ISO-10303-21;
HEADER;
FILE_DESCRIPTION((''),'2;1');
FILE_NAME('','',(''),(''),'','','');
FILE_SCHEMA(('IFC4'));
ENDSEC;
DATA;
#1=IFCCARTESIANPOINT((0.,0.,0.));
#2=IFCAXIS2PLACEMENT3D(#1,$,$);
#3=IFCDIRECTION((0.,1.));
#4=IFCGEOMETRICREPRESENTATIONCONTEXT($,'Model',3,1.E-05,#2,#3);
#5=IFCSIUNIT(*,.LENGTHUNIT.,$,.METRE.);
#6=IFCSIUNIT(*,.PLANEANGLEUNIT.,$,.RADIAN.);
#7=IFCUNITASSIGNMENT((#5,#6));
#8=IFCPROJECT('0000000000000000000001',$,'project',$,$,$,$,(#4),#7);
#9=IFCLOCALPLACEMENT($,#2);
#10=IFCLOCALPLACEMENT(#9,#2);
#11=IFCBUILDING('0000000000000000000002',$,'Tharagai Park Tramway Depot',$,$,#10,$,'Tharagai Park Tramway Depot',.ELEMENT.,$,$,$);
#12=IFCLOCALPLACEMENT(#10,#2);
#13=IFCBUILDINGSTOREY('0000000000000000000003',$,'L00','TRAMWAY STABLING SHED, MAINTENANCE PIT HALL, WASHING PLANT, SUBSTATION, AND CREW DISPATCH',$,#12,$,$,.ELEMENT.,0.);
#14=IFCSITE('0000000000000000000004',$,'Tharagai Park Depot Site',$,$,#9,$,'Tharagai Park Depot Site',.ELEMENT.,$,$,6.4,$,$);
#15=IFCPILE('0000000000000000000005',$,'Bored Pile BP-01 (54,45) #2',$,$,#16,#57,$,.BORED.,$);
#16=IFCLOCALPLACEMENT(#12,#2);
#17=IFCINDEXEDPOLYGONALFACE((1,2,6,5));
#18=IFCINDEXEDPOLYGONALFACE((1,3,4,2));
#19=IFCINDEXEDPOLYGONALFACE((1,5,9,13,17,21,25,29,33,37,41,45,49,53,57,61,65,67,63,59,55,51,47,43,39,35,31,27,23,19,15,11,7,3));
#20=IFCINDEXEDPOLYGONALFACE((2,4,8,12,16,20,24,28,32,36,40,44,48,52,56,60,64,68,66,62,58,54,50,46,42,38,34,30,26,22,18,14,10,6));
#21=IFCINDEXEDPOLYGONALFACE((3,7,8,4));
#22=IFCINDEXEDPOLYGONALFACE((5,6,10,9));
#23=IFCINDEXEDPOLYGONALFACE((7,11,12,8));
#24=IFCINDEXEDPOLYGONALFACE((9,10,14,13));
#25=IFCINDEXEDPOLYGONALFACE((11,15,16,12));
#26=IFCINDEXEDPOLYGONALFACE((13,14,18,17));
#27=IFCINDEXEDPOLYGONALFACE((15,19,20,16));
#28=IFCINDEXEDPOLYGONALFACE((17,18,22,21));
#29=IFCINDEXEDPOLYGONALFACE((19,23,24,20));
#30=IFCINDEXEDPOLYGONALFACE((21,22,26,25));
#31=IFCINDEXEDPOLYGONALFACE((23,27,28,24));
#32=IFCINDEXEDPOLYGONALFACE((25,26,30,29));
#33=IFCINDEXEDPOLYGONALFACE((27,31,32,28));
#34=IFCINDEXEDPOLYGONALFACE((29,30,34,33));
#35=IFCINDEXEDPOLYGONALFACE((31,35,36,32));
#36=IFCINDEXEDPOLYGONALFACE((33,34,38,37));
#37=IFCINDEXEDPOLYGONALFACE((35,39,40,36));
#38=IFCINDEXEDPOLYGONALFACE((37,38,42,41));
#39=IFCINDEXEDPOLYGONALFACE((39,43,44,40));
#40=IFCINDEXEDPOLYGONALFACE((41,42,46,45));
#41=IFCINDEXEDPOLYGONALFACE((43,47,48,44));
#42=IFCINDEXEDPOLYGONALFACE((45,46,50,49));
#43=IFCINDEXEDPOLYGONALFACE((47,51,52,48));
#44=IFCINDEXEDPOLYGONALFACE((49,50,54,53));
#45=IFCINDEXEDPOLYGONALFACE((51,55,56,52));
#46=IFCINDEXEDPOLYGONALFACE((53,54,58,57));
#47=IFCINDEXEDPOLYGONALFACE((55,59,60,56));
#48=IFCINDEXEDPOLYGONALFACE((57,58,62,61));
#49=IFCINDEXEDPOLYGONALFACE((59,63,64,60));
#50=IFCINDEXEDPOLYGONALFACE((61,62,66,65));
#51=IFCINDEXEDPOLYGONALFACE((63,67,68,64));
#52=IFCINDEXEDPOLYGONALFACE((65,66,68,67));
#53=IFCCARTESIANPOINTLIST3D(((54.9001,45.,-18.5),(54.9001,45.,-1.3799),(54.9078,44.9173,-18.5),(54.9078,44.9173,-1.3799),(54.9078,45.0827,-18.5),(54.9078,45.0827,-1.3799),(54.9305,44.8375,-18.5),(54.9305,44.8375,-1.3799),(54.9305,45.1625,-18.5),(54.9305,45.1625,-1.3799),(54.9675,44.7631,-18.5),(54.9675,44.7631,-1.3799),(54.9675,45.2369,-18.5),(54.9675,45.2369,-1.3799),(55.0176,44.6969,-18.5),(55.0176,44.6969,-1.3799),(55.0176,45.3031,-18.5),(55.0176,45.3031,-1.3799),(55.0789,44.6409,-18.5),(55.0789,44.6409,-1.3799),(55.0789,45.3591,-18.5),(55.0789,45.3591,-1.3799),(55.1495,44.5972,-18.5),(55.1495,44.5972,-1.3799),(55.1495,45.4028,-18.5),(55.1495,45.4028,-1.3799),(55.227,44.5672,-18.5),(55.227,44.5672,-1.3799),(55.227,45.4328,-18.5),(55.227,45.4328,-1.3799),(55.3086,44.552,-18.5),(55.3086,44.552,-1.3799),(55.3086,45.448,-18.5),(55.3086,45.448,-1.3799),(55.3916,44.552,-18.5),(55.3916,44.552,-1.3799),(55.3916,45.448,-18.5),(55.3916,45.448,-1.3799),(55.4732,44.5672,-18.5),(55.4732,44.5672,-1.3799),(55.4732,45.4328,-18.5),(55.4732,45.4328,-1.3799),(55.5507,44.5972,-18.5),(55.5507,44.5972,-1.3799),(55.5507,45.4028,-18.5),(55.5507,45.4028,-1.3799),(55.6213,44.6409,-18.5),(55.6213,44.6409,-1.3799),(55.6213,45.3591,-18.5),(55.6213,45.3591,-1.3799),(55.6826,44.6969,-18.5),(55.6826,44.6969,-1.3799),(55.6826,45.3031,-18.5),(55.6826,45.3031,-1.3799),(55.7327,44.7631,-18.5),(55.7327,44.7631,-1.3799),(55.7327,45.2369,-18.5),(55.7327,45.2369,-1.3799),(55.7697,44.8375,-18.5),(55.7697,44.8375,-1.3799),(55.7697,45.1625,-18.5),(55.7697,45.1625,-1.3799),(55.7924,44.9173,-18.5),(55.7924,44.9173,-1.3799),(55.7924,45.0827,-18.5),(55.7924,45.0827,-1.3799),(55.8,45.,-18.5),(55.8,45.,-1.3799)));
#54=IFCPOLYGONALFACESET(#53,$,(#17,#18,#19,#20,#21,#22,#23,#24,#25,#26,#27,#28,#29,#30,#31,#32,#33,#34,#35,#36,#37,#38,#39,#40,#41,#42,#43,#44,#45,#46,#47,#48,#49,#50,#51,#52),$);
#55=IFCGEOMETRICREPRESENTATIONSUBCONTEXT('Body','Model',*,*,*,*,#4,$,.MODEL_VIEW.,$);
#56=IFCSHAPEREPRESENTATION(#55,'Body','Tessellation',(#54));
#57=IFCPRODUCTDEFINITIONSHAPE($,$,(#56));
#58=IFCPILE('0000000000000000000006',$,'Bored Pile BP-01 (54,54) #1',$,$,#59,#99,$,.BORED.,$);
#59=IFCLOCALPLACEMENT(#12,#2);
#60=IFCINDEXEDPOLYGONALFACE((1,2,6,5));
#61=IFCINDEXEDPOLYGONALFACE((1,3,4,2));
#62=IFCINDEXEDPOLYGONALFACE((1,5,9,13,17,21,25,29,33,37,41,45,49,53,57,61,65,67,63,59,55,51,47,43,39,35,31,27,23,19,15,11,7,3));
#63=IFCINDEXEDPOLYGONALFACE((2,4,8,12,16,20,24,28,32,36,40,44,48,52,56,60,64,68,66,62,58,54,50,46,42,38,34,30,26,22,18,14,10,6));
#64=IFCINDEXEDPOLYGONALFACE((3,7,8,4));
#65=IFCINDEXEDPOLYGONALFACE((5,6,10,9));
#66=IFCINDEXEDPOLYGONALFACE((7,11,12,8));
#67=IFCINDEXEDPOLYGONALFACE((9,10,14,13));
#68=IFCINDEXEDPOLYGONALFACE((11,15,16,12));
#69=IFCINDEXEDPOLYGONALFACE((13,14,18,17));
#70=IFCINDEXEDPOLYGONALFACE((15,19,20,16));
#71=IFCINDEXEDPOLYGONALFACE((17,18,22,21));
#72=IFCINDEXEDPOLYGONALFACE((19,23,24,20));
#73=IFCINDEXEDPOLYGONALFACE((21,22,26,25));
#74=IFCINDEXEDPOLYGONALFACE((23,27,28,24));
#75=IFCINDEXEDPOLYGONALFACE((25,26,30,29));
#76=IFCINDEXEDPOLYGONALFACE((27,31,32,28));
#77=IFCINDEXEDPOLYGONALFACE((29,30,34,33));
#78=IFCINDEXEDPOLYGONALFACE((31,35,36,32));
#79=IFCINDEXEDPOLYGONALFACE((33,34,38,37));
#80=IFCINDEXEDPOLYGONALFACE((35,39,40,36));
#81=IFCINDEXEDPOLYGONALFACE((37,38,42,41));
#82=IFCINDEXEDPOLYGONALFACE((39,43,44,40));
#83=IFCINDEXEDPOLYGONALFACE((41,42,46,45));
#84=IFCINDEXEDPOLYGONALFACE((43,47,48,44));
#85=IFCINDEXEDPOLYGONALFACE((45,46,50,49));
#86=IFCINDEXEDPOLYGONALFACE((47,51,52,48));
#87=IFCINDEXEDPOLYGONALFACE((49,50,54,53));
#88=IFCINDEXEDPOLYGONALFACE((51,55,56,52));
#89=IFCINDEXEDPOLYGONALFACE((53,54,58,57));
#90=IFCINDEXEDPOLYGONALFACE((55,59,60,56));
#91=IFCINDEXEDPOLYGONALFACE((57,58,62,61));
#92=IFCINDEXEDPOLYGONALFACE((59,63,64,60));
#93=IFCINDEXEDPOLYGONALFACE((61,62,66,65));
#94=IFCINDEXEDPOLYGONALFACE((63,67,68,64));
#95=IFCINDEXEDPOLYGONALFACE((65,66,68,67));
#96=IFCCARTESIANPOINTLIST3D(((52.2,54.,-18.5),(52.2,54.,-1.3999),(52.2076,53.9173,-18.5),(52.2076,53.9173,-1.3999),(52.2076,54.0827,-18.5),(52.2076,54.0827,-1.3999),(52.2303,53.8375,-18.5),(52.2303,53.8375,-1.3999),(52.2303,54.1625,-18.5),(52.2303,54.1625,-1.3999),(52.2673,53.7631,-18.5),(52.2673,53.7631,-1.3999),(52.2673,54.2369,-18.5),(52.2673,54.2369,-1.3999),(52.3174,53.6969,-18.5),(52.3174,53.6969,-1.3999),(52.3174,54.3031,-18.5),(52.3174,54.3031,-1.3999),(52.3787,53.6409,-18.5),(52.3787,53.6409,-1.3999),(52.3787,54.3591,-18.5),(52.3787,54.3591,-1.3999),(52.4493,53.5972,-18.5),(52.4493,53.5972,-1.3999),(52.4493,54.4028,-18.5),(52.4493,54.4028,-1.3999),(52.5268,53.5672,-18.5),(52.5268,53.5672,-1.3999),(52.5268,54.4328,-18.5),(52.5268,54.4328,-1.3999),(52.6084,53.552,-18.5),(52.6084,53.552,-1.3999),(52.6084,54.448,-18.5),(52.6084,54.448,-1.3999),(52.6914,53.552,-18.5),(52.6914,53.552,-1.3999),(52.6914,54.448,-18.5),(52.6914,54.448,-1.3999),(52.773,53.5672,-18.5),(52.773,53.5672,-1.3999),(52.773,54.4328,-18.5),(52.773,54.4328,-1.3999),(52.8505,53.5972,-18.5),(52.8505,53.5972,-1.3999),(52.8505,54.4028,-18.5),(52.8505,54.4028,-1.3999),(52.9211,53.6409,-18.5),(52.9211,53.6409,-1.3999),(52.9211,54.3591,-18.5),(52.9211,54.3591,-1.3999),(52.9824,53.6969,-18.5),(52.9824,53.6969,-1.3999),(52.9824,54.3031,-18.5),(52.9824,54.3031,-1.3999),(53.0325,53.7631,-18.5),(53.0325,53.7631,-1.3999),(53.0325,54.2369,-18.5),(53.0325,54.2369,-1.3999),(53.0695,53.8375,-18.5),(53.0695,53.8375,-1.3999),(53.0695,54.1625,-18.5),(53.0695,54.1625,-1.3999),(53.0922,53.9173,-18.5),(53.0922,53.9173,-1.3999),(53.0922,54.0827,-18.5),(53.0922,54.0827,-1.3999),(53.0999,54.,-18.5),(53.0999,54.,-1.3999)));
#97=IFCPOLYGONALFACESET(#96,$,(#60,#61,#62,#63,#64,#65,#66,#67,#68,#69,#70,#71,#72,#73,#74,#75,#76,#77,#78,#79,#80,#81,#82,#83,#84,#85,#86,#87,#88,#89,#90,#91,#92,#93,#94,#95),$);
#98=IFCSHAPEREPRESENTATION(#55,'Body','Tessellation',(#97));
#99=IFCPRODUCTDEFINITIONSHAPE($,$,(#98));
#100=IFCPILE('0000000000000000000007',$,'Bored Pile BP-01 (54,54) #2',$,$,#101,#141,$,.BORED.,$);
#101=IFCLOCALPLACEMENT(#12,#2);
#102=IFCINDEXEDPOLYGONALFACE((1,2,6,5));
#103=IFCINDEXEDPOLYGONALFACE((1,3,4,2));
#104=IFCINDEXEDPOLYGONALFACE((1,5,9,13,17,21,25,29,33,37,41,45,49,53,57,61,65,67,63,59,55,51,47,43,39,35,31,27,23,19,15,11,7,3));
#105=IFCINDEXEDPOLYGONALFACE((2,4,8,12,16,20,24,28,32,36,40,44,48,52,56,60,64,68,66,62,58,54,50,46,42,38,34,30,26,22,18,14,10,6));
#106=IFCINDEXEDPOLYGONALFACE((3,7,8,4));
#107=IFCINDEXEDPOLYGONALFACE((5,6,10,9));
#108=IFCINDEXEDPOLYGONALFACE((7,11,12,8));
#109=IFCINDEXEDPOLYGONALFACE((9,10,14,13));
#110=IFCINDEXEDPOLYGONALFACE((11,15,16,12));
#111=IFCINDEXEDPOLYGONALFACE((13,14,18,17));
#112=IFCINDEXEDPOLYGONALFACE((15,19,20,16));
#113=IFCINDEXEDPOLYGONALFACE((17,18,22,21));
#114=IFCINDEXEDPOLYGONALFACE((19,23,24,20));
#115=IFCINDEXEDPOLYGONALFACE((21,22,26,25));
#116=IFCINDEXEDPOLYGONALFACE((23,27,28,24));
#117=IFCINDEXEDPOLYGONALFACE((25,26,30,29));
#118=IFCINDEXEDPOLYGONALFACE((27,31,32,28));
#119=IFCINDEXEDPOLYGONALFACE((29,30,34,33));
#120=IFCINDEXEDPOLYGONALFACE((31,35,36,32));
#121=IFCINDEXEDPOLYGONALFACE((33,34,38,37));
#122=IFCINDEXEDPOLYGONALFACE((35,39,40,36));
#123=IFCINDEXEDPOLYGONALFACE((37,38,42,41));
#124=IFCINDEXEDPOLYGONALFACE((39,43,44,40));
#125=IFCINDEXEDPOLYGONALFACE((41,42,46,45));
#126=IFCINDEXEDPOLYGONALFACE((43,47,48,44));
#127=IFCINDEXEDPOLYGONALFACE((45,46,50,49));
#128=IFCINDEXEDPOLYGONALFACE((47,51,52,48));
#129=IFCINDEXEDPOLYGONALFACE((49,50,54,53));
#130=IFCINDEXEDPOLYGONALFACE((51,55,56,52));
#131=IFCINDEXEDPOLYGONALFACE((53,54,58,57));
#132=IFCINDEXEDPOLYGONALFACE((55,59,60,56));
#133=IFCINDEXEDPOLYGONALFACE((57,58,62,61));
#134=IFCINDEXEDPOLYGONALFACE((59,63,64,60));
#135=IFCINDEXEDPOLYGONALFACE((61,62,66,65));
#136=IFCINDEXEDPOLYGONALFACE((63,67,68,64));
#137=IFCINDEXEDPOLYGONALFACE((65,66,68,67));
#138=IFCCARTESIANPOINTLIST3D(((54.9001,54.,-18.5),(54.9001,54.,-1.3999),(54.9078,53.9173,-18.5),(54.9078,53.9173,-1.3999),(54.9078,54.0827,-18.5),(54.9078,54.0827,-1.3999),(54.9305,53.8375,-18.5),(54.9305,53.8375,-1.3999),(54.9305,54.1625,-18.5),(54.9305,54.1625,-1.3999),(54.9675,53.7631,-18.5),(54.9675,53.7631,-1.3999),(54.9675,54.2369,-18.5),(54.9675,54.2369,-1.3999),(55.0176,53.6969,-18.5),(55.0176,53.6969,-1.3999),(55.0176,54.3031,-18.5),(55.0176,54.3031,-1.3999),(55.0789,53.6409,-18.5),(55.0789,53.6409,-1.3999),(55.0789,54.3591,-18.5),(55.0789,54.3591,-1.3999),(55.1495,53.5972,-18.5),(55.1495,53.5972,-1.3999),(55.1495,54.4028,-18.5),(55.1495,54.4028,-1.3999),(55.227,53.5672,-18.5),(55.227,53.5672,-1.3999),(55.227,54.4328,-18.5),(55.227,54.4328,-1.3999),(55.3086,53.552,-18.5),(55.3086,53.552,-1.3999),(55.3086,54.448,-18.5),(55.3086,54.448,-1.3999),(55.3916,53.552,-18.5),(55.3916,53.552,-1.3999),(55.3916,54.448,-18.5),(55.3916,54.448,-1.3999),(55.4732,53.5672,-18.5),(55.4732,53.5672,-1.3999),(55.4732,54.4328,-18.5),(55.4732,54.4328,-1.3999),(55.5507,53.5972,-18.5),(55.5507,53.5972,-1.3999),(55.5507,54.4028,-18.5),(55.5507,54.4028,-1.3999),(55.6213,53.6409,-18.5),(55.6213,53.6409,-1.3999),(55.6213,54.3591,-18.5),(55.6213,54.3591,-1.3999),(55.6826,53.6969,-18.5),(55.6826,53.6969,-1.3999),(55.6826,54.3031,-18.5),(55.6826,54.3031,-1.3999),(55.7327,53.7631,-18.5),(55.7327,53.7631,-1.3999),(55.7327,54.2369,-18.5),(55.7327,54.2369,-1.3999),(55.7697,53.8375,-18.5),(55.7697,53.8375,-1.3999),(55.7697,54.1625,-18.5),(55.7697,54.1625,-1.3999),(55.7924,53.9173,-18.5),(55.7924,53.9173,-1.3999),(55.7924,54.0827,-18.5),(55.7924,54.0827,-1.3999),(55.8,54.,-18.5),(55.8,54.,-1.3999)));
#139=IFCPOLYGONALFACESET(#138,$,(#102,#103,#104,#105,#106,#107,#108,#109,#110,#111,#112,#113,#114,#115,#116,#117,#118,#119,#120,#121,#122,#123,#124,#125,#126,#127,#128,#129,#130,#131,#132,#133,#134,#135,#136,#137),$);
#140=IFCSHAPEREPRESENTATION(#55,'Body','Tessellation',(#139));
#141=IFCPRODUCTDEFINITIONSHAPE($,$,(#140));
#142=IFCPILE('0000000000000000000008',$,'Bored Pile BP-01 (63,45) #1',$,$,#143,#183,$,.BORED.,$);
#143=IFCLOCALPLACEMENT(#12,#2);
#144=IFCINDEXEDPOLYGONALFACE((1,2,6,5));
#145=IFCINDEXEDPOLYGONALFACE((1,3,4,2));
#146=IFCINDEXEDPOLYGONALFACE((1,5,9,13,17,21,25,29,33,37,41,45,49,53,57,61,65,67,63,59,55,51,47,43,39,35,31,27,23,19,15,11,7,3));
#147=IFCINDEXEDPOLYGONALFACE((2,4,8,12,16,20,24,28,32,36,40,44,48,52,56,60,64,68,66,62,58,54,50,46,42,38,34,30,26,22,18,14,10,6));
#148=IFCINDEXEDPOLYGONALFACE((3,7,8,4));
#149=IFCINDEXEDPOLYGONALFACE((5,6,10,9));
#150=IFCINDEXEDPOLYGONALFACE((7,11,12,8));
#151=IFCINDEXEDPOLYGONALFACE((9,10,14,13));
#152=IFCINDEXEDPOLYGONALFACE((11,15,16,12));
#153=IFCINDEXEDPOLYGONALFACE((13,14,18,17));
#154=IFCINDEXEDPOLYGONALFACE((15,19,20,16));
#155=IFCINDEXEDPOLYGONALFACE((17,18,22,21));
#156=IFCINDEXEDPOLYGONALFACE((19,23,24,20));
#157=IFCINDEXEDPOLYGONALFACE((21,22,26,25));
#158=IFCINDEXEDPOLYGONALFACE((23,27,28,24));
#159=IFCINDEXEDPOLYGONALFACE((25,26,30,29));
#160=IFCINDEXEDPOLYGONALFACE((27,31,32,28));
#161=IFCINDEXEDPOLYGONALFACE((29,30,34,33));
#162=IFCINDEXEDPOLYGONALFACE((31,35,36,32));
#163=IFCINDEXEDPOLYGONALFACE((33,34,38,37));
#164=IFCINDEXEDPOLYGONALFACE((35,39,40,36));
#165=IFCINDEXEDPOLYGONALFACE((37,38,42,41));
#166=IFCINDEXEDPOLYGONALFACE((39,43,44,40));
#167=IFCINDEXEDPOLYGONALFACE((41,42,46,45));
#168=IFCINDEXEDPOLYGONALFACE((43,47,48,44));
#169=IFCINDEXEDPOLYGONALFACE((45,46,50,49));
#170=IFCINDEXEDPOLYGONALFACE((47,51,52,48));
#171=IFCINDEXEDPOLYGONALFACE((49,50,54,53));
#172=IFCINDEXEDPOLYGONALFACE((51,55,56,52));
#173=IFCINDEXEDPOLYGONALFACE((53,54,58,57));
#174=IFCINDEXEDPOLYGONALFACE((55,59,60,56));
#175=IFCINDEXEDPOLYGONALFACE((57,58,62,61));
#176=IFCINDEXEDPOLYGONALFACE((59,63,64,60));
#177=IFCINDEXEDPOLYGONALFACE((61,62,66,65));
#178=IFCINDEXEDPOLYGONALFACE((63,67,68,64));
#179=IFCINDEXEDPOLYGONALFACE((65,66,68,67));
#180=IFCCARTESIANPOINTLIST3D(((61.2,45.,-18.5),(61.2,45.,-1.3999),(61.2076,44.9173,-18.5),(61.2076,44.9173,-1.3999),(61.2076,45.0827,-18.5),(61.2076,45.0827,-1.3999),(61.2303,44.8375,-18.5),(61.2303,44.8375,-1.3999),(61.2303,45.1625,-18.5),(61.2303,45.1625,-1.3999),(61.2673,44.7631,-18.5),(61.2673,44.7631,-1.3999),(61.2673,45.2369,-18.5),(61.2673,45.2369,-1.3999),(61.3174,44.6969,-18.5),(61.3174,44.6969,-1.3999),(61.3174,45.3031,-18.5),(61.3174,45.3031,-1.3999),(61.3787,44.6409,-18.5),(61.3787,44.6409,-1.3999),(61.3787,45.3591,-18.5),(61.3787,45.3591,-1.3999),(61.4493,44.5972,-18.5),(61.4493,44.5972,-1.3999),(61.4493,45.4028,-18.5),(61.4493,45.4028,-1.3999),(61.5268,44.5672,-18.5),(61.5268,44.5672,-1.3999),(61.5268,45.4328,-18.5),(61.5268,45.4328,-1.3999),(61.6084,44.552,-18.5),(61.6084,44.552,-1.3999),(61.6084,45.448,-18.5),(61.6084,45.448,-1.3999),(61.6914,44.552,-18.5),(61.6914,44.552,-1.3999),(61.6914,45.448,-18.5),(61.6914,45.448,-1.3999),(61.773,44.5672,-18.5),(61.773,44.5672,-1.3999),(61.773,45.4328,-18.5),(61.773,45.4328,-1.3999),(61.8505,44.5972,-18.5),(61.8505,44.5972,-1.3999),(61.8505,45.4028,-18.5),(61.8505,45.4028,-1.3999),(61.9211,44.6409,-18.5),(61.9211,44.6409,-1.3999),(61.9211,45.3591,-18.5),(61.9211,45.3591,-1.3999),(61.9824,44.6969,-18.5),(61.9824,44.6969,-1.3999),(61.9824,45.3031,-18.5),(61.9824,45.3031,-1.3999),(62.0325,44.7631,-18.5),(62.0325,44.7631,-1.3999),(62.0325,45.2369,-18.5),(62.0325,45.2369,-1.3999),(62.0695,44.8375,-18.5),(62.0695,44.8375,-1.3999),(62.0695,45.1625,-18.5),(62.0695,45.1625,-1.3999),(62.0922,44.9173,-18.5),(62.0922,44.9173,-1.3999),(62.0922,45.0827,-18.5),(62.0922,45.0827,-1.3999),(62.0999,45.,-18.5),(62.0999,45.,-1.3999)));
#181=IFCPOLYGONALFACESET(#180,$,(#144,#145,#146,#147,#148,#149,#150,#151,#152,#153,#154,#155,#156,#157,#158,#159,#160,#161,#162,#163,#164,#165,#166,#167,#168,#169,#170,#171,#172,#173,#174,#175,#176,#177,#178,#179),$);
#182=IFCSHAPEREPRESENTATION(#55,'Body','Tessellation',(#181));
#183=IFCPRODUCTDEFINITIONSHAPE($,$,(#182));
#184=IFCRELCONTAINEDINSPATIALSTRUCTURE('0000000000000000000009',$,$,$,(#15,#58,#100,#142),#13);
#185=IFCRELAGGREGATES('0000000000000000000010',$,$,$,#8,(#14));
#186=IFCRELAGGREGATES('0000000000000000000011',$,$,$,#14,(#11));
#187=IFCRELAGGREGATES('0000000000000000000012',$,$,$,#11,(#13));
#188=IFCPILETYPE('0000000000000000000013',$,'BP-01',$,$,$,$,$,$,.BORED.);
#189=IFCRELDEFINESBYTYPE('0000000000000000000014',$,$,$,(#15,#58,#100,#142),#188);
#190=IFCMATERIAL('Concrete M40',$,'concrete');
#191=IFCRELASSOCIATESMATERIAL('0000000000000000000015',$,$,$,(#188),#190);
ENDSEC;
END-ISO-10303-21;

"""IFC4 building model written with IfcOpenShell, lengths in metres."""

from ifc_helpers import new_model, si_unit, direction, frame, origin, origin_2d, place, context, subcontext, project, spatial, circle, extrude, material, material_profile, profile_set, type_object, element, save


model = new_model("IFC4")

# Units and contexts
model_context = context("Model", 3, precision=1e-05, world=origin(), true_north=direction((0.0, 1.0)))
body_context = subcontext(model_context, "Body", "Model", "MODEL_VIEW")
ifc_project = project(units=[si_unit("LENGTHUNIT", "METRE"), si_unit("PLANEANGLEUNIT", "RADIAN")], contexts=[model_context])

# Site, building, storey
site_placement = place(None, origin())
site = spatial("IfcSite", under=ifc_project, at=site_placement, Name="Tharagai Park Depot Site", LongName="Tharagai Park Depot Site", CompositionType="ELEMENT", RefElevation=6.4)
building_placement = place(site_placement, origin())
building = spatial("IfcBuilding", under=site, at=building_placement, Name="Tharagai Park Tramway Depot", LongName="Tharagai Park Tramway Depot", CompositionType="ELEMENT")
storey_placement = place(building_placement, origin())
storey = spatial("IfcBuildingStorey", under=building, at=storey_placement, Name="L00", Description="TRAMWAY STABLING SHED, MAINTENANCE PIT HALL, WASHING PLANT, SUBSTATION, AND CREW DISPATCH", CompositionType="ELEMENT", Elevation=0.0)

# Piles
ifc_material_1 = material(Name="Concrete M40", Category="concrete")
ifc_material_profile_1 = material_profile(ifc_material_1, circle(Radius=0.45, at=origin_2d()), Name="PILE D900")
ifc_profile_set_1 = profile_set([ifc_material_profile_1], Name="Concrete M40")
pile_type_1 = type_object("IfcPileType", Name="BP-01", PredefinedType="BORED", material=ifc_profile_set_1)
for number, where, z_axis, x_axis, name in (
    (1, (55.3501, 45.0, -1.3799), (0.0, 0.0, -1.0), (1.0, 0.0, 0.0), "Bored Pile BP-01 (54,45) #2"),
):
    element("IfcPile", number, at=place(storey_placement, frame(where, z_axis=z_axis, x_axis=x_axis)), inside=storey, type_object=pile_type_1, Name=name, PredefinedType="BORED", context=body_context, shape_type="SweptSolid", body=[
        extrude(circle(Radius=0.45, at=origin_2d()), origin(), (0.0, 0.0, 1.0), 17.1201),
    ])
for number, where, z_axis, x_axis, name in (
    (2, (52.6499, 54.0, -1.3999), (0.0, 0.0, -1.0), (1.0, 0.0, 0.0), "Bored Pile BP-01 (54,54) #1"),
    (3, (55.3501, 54.0, -1.3999), (0.0, 0.0, -1.0), (1.0, 0.0, 0.0), "Bored Pile BP-01 (54,54) #2"),
    (4, (61.6499, 45.0, -1.3999), (0.0, 0.0, -1.0), (1.0, 0.0, 0.0), "Bored Pile BP-01 (63,45) #1"),
):
    element("IfcPile", number, at=place(storey_placement, frame(where, z_axis=z_axis, x_axis=x_axis)), inside=storey, type_object=pile_type_1, Name=name, PredefinedType="BORED", context=body_context, shape_type="SweptSolid", body=[
        extrude(circle(Radius=0.45, at=origin_2d()), origin(), (0.0, 0.0, 1.0), 17.1001),
    ])

save(model, "model.ifc")
